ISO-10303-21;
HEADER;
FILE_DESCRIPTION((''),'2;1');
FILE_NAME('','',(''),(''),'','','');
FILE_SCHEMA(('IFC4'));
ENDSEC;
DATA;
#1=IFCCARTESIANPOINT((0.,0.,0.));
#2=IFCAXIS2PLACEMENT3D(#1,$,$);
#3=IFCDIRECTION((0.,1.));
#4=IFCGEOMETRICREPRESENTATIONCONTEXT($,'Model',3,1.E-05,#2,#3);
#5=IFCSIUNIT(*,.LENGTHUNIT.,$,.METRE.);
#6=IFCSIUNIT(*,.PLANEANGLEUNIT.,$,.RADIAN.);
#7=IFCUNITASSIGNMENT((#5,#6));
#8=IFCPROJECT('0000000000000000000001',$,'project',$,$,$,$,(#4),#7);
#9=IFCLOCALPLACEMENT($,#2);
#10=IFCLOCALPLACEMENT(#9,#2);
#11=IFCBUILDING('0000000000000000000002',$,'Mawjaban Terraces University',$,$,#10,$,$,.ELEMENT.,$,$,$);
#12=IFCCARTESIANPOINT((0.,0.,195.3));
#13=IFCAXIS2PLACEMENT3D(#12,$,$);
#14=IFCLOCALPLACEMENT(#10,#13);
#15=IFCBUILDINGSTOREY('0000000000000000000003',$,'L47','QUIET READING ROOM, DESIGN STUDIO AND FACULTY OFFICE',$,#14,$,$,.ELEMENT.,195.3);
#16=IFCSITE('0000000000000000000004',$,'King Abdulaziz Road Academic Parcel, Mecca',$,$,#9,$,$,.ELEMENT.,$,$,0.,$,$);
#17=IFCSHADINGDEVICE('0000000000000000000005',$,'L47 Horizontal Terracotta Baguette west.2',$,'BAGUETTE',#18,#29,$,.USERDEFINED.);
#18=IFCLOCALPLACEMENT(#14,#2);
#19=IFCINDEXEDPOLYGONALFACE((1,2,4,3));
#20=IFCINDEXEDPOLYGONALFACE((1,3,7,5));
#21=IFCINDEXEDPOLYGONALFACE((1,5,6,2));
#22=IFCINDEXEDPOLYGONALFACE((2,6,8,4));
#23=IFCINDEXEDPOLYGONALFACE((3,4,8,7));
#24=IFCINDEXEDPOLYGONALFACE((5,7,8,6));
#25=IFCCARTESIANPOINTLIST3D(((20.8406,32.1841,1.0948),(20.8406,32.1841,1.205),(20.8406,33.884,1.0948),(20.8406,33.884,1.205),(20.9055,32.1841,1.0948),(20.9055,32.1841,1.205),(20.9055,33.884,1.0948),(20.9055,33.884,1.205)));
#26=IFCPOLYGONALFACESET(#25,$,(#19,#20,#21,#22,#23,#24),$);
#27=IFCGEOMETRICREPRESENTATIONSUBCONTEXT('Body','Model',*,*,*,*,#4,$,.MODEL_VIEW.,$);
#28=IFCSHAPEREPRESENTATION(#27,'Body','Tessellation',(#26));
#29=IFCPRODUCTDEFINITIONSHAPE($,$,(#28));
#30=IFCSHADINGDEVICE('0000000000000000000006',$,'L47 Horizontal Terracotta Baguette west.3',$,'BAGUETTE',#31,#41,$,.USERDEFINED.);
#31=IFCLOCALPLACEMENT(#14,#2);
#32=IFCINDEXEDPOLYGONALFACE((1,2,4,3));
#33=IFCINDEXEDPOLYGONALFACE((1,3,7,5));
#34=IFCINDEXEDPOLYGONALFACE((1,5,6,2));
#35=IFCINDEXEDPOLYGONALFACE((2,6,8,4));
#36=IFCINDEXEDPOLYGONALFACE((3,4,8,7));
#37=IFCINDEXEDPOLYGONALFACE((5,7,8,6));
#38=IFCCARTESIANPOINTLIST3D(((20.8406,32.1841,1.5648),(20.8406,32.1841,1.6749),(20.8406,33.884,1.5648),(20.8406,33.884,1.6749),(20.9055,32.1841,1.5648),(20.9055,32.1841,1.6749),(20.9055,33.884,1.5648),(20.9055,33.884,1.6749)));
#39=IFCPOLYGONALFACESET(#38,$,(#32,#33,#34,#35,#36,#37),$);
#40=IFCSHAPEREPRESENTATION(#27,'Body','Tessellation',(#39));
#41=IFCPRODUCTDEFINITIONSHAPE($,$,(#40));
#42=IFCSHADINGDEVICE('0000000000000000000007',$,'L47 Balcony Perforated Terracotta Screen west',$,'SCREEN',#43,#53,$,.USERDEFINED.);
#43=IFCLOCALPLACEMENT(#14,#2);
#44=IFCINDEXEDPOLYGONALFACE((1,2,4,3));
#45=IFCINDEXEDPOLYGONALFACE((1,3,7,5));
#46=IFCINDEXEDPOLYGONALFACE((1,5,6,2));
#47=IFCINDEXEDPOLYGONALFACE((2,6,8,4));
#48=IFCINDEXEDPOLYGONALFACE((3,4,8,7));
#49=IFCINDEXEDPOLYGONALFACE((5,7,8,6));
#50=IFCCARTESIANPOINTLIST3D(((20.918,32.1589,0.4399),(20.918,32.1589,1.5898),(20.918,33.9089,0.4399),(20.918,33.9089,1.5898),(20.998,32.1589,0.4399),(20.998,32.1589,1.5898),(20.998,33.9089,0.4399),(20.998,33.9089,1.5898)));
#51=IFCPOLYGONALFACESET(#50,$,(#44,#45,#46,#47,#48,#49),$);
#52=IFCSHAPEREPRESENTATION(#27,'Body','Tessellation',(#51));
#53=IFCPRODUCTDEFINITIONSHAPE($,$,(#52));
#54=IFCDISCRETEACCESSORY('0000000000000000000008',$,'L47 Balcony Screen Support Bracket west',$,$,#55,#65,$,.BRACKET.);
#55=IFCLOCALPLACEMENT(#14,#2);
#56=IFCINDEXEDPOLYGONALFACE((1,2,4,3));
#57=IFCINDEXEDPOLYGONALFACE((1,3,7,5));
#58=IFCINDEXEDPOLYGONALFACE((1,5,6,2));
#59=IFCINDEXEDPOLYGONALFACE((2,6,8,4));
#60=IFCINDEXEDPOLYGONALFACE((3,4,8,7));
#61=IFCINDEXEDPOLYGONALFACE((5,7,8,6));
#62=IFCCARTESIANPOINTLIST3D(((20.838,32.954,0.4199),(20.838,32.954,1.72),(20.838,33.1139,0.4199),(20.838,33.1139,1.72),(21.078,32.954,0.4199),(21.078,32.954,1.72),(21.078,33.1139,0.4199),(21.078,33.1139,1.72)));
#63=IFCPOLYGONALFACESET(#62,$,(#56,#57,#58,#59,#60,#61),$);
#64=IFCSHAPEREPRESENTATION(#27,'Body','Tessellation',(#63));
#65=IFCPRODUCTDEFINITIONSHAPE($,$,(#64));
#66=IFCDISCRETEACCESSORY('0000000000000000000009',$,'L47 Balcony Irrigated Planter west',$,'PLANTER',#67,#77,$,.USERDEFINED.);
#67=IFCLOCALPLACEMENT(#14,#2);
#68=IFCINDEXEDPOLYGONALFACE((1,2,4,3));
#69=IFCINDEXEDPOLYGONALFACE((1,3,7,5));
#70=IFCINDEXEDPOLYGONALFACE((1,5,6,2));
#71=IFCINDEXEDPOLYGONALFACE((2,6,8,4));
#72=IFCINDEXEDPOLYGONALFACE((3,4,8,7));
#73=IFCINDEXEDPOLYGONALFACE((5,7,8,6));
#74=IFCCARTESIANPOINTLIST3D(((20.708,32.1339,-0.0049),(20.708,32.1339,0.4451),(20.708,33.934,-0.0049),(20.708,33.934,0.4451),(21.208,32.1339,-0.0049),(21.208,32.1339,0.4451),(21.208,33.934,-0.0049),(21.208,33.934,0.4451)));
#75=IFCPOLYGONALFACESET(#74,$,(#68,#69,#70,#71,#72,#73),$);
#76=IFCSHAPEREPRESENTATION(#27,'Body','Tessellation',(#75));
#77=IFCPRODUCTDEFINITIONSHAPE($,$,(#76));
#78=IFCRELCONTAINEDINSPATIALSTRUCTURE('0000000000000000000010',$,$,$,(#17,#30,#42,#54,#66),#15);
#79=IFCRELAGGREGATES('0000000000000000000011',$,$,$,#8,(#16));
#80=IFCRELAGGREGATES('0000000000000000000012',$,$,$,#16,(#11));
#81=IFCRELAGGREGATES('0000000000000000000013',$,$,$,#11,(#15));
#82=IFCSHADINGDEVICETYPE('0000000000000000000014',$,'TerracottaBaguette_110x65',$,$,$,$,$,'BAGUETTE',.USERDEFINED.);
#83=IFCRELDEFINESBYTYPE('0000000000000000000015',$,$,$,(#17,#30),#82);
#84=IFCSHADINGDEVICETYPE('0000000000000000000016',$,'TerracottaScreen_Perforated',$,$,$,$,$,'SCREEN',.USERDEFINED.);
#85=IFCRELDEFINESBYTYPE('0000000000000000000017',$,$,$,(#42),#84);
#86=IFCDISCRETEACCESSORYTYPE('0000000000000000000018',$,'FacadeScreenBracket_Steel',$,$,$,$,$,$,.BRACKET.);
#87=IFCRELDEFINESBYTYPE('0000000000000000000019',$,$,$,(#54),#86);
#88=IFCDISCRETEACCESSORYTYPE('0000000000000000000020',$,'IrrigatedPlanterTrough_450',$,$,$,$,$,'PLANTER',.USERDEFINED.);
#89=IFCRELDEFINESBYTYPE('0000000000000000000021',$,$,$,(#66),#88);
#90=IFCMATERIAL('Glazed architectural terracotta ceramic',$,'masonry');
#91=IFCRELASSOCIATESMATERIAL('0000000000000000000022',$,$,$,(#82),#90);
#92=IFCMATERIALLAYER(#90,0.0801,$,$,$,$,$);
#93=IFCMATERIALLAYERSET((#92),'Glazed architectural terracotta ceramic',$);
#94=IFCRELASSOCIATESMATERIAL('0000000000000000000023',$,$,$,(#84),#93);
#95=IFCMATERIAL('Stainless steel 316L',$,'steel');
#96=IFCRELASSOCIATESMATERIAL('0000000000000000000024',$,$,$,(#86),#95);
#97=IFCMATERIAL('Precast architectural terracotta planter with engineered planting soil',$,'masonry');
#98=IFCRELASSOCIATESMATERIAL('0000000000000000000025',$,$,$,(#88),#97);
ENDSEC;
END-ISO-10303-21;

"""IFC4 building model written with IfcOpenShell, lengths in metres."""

from ifc_helpers import new_model, si_unit, direction, frame, origin, origin_2d, place, context, subcontext, project, spatial, rectangle, extrude, material, layer, layer_set, material_profile, profile_set, type_object, element, save


model = new_model("IFC4")

# Units and contexts
model_context = context("Model", 3, precision=1e-05, world=origin(), true_north=direction((0.0, 1.0)))
body_context = subcontext(model_context, "Body", "Model", "MODEL_VIEW")
ifc_project = project(units=[si_unit("LENGTHUNIT", "METRE"), si_unit("PLANEANGLEUNIT", "RADIAN")], contexts=[model_context])

# Site, building, storey
site_placement = place(None, origin())
site = spatial("IfcSite", under=ifc_project, at=site_placement, Name="King Abdulaziz Road Academic Parcel, Mecca", CompositionType="ELEMENT", RefElevation=0.0)
building_placement = place(site_placement, origin())
building = spatial("IfcBuilding", under=site, at=building_placement, Name="Mawjaban Terraces University", CompositionType="ELEMENT")
storey_placement = place(building_placement, frame((0.0, 0.0, 195.3)))
storey = spatial("IfcBuildingStorey", under=building, at=storey_placement, Name="L47", Description="QUIET READING ROOM, DESIGN STUDIO AND FACULTY OFFICE", CompositionType="ELEMENT", Elevation=195.3)

# Shading devices
ifc_material_1 = material(Name="Glazed architectural terracotta ceramic", Category="masonry")
ifc_material_profile_1 = material_profile(ifc_material_1, rectangle(XDim=0.0649, YDim=0.1101, at=origin_2d()), Name="TBAG110X65")
ifc_profile_set_1 = profile_set([ifc_material_profile_1], Name="Glazed architectural terracotta ceramic")
shading_device_type_1 = type_object("IfcShadingDeviceType", Name="TerracottaBaguette_110x65", ElementType="BAGUETTE", PredefinedType="USERDEFINED", material=ifc_profile_set_1)
for number, where, z_axis, x_axis, name in (
    (1, (20.873, 32.1841, 1.1499), (0.0, 1.0, 0.0), (-1.0, 0.0, 0.0), "L47 Horizontal Terracotta Baguette west.2"),
    (2, (20.873, 32.1841, 1.6199), (0.0, 1.0, 0.0), (-1.0, 0.0, 0.0), "L47 Horizontal Terracotta Baguette west.3"),
):
    element("IfcShadingDevice", number, at=place(storey_placement, frame(where, z_axis=z_axis, x_axis=x_axis)), inside=storey, type_object=shading_device_type_1, Name=name, ObjectType="BAGUETTE", PredefinedType="USERDEFINED", context=body_context, shape_type="SweptSolid", body=[
        extrude(rectangle(XDim=0.0649, YDim=0.1101, at=origin_2d()), origin(), (0.0, 0.0, 1.0), 1.7),
    ])
ifc_layer_1 = layer(ifc_material_1, 0.0801)
ifc_layer_set_1 = layer_set([ifc_layer_1], Name="Glazed architectural terracotta ceramic")
shading_device_type_2 = type_object("IfcShadingDeviceType", Name="TerracottaScreen_Perforated", ElementType="SCREEN", PredefinedType="USERDEFINED", material=ifc_layer_set_1)
shading_device_placement = place(storey_placement, frame((20.958, 33.0339, 0.4399), z_axis=(0.0, 0.0, 1.0), x_axis=(0.0, 1.0, 0.0)))
element("IfcShadingDevice", 3, at=shading_device_placement, inside=storey, type_object=shading_device_type_2, Name="L47 Balcony Perforated Terracotta Screen west", ObjectType="SCREEN", PredefinedType="USERDEFINED", context=body_context, shape_type="SweptSolid", body=[
    extrude(rectangle(XDim=1.75, YDim=0.0801, at=origin_2d()), origin(), (0.0, 0.0, 1.0), 1.1499),
])

# Discrete accessories
ifc_material_2 = material(Name="Stainless steel 316L", Category="steel")
discrete_accessory_type_1 = type_object("IfcDiscreteAccessoryType", Name="FacadeScreenBracket_Steel", PredefinedType="BRACKET", material=ifc_material_2)
discrete_accessory_1_placement = place(storey_placement, frame((20.958, 33.0339, 0.4199), z_axis=(0.0, 0.0, 1.0), x_axis=(0.0, 1.0, 0.0)))
element("IfcDiscreteAccessory", 4, at=discrete_accessory_1_placement, inside=storey, type_object=discrete_accessory_type_1, Name="L47 Balcony Screen Support Bracket west", PredefinedType="BRACKET", context=body_context, shape_type="SweptSolid", body=[
    extrude(rectangle(XDim=0.1599, YDim=0.24, at=origin_2d()), origin(), (0.0, 0.0, 1.0), 1.3),
])
ifc_material_3 = material(Name="Precast architectural terracotta planter with engineered planting soil", Category="masonry")
discrete_accessory_type_2 = type_object("IfcDiscreteAccessoryType", Name="IrrigatedPlanterTrough_450", ElementType="PLANTER", PredefinedType="USERDEFINED", material=ifc_material_3)
discrete_accessory_2_placement = place(storey_placement, frame((20.958, 33.0339, -0.0049), z_axis=(0.0, 0.0, 1.0), x_axis=(0.0, 1.0, 0.0)))
element("IfcDiscreteAccessory", 5, at=discrete_accessory_2_placement, inside=storey, type_object=discrete_accessory_type_2, Name="L47 Balcony Irrigated Planter west", ObjectType="PLANTER", PredefinedType="USERDEFINED", context=body_context, shape_type="SweptSolid", body=[
    extrude(rectangle(XDim=1.8, YDim=0.5, at=origin_2d()), origin(), (0.0, 0.0, 1.0), 0.45),
])

save(model, "model.ifc")
